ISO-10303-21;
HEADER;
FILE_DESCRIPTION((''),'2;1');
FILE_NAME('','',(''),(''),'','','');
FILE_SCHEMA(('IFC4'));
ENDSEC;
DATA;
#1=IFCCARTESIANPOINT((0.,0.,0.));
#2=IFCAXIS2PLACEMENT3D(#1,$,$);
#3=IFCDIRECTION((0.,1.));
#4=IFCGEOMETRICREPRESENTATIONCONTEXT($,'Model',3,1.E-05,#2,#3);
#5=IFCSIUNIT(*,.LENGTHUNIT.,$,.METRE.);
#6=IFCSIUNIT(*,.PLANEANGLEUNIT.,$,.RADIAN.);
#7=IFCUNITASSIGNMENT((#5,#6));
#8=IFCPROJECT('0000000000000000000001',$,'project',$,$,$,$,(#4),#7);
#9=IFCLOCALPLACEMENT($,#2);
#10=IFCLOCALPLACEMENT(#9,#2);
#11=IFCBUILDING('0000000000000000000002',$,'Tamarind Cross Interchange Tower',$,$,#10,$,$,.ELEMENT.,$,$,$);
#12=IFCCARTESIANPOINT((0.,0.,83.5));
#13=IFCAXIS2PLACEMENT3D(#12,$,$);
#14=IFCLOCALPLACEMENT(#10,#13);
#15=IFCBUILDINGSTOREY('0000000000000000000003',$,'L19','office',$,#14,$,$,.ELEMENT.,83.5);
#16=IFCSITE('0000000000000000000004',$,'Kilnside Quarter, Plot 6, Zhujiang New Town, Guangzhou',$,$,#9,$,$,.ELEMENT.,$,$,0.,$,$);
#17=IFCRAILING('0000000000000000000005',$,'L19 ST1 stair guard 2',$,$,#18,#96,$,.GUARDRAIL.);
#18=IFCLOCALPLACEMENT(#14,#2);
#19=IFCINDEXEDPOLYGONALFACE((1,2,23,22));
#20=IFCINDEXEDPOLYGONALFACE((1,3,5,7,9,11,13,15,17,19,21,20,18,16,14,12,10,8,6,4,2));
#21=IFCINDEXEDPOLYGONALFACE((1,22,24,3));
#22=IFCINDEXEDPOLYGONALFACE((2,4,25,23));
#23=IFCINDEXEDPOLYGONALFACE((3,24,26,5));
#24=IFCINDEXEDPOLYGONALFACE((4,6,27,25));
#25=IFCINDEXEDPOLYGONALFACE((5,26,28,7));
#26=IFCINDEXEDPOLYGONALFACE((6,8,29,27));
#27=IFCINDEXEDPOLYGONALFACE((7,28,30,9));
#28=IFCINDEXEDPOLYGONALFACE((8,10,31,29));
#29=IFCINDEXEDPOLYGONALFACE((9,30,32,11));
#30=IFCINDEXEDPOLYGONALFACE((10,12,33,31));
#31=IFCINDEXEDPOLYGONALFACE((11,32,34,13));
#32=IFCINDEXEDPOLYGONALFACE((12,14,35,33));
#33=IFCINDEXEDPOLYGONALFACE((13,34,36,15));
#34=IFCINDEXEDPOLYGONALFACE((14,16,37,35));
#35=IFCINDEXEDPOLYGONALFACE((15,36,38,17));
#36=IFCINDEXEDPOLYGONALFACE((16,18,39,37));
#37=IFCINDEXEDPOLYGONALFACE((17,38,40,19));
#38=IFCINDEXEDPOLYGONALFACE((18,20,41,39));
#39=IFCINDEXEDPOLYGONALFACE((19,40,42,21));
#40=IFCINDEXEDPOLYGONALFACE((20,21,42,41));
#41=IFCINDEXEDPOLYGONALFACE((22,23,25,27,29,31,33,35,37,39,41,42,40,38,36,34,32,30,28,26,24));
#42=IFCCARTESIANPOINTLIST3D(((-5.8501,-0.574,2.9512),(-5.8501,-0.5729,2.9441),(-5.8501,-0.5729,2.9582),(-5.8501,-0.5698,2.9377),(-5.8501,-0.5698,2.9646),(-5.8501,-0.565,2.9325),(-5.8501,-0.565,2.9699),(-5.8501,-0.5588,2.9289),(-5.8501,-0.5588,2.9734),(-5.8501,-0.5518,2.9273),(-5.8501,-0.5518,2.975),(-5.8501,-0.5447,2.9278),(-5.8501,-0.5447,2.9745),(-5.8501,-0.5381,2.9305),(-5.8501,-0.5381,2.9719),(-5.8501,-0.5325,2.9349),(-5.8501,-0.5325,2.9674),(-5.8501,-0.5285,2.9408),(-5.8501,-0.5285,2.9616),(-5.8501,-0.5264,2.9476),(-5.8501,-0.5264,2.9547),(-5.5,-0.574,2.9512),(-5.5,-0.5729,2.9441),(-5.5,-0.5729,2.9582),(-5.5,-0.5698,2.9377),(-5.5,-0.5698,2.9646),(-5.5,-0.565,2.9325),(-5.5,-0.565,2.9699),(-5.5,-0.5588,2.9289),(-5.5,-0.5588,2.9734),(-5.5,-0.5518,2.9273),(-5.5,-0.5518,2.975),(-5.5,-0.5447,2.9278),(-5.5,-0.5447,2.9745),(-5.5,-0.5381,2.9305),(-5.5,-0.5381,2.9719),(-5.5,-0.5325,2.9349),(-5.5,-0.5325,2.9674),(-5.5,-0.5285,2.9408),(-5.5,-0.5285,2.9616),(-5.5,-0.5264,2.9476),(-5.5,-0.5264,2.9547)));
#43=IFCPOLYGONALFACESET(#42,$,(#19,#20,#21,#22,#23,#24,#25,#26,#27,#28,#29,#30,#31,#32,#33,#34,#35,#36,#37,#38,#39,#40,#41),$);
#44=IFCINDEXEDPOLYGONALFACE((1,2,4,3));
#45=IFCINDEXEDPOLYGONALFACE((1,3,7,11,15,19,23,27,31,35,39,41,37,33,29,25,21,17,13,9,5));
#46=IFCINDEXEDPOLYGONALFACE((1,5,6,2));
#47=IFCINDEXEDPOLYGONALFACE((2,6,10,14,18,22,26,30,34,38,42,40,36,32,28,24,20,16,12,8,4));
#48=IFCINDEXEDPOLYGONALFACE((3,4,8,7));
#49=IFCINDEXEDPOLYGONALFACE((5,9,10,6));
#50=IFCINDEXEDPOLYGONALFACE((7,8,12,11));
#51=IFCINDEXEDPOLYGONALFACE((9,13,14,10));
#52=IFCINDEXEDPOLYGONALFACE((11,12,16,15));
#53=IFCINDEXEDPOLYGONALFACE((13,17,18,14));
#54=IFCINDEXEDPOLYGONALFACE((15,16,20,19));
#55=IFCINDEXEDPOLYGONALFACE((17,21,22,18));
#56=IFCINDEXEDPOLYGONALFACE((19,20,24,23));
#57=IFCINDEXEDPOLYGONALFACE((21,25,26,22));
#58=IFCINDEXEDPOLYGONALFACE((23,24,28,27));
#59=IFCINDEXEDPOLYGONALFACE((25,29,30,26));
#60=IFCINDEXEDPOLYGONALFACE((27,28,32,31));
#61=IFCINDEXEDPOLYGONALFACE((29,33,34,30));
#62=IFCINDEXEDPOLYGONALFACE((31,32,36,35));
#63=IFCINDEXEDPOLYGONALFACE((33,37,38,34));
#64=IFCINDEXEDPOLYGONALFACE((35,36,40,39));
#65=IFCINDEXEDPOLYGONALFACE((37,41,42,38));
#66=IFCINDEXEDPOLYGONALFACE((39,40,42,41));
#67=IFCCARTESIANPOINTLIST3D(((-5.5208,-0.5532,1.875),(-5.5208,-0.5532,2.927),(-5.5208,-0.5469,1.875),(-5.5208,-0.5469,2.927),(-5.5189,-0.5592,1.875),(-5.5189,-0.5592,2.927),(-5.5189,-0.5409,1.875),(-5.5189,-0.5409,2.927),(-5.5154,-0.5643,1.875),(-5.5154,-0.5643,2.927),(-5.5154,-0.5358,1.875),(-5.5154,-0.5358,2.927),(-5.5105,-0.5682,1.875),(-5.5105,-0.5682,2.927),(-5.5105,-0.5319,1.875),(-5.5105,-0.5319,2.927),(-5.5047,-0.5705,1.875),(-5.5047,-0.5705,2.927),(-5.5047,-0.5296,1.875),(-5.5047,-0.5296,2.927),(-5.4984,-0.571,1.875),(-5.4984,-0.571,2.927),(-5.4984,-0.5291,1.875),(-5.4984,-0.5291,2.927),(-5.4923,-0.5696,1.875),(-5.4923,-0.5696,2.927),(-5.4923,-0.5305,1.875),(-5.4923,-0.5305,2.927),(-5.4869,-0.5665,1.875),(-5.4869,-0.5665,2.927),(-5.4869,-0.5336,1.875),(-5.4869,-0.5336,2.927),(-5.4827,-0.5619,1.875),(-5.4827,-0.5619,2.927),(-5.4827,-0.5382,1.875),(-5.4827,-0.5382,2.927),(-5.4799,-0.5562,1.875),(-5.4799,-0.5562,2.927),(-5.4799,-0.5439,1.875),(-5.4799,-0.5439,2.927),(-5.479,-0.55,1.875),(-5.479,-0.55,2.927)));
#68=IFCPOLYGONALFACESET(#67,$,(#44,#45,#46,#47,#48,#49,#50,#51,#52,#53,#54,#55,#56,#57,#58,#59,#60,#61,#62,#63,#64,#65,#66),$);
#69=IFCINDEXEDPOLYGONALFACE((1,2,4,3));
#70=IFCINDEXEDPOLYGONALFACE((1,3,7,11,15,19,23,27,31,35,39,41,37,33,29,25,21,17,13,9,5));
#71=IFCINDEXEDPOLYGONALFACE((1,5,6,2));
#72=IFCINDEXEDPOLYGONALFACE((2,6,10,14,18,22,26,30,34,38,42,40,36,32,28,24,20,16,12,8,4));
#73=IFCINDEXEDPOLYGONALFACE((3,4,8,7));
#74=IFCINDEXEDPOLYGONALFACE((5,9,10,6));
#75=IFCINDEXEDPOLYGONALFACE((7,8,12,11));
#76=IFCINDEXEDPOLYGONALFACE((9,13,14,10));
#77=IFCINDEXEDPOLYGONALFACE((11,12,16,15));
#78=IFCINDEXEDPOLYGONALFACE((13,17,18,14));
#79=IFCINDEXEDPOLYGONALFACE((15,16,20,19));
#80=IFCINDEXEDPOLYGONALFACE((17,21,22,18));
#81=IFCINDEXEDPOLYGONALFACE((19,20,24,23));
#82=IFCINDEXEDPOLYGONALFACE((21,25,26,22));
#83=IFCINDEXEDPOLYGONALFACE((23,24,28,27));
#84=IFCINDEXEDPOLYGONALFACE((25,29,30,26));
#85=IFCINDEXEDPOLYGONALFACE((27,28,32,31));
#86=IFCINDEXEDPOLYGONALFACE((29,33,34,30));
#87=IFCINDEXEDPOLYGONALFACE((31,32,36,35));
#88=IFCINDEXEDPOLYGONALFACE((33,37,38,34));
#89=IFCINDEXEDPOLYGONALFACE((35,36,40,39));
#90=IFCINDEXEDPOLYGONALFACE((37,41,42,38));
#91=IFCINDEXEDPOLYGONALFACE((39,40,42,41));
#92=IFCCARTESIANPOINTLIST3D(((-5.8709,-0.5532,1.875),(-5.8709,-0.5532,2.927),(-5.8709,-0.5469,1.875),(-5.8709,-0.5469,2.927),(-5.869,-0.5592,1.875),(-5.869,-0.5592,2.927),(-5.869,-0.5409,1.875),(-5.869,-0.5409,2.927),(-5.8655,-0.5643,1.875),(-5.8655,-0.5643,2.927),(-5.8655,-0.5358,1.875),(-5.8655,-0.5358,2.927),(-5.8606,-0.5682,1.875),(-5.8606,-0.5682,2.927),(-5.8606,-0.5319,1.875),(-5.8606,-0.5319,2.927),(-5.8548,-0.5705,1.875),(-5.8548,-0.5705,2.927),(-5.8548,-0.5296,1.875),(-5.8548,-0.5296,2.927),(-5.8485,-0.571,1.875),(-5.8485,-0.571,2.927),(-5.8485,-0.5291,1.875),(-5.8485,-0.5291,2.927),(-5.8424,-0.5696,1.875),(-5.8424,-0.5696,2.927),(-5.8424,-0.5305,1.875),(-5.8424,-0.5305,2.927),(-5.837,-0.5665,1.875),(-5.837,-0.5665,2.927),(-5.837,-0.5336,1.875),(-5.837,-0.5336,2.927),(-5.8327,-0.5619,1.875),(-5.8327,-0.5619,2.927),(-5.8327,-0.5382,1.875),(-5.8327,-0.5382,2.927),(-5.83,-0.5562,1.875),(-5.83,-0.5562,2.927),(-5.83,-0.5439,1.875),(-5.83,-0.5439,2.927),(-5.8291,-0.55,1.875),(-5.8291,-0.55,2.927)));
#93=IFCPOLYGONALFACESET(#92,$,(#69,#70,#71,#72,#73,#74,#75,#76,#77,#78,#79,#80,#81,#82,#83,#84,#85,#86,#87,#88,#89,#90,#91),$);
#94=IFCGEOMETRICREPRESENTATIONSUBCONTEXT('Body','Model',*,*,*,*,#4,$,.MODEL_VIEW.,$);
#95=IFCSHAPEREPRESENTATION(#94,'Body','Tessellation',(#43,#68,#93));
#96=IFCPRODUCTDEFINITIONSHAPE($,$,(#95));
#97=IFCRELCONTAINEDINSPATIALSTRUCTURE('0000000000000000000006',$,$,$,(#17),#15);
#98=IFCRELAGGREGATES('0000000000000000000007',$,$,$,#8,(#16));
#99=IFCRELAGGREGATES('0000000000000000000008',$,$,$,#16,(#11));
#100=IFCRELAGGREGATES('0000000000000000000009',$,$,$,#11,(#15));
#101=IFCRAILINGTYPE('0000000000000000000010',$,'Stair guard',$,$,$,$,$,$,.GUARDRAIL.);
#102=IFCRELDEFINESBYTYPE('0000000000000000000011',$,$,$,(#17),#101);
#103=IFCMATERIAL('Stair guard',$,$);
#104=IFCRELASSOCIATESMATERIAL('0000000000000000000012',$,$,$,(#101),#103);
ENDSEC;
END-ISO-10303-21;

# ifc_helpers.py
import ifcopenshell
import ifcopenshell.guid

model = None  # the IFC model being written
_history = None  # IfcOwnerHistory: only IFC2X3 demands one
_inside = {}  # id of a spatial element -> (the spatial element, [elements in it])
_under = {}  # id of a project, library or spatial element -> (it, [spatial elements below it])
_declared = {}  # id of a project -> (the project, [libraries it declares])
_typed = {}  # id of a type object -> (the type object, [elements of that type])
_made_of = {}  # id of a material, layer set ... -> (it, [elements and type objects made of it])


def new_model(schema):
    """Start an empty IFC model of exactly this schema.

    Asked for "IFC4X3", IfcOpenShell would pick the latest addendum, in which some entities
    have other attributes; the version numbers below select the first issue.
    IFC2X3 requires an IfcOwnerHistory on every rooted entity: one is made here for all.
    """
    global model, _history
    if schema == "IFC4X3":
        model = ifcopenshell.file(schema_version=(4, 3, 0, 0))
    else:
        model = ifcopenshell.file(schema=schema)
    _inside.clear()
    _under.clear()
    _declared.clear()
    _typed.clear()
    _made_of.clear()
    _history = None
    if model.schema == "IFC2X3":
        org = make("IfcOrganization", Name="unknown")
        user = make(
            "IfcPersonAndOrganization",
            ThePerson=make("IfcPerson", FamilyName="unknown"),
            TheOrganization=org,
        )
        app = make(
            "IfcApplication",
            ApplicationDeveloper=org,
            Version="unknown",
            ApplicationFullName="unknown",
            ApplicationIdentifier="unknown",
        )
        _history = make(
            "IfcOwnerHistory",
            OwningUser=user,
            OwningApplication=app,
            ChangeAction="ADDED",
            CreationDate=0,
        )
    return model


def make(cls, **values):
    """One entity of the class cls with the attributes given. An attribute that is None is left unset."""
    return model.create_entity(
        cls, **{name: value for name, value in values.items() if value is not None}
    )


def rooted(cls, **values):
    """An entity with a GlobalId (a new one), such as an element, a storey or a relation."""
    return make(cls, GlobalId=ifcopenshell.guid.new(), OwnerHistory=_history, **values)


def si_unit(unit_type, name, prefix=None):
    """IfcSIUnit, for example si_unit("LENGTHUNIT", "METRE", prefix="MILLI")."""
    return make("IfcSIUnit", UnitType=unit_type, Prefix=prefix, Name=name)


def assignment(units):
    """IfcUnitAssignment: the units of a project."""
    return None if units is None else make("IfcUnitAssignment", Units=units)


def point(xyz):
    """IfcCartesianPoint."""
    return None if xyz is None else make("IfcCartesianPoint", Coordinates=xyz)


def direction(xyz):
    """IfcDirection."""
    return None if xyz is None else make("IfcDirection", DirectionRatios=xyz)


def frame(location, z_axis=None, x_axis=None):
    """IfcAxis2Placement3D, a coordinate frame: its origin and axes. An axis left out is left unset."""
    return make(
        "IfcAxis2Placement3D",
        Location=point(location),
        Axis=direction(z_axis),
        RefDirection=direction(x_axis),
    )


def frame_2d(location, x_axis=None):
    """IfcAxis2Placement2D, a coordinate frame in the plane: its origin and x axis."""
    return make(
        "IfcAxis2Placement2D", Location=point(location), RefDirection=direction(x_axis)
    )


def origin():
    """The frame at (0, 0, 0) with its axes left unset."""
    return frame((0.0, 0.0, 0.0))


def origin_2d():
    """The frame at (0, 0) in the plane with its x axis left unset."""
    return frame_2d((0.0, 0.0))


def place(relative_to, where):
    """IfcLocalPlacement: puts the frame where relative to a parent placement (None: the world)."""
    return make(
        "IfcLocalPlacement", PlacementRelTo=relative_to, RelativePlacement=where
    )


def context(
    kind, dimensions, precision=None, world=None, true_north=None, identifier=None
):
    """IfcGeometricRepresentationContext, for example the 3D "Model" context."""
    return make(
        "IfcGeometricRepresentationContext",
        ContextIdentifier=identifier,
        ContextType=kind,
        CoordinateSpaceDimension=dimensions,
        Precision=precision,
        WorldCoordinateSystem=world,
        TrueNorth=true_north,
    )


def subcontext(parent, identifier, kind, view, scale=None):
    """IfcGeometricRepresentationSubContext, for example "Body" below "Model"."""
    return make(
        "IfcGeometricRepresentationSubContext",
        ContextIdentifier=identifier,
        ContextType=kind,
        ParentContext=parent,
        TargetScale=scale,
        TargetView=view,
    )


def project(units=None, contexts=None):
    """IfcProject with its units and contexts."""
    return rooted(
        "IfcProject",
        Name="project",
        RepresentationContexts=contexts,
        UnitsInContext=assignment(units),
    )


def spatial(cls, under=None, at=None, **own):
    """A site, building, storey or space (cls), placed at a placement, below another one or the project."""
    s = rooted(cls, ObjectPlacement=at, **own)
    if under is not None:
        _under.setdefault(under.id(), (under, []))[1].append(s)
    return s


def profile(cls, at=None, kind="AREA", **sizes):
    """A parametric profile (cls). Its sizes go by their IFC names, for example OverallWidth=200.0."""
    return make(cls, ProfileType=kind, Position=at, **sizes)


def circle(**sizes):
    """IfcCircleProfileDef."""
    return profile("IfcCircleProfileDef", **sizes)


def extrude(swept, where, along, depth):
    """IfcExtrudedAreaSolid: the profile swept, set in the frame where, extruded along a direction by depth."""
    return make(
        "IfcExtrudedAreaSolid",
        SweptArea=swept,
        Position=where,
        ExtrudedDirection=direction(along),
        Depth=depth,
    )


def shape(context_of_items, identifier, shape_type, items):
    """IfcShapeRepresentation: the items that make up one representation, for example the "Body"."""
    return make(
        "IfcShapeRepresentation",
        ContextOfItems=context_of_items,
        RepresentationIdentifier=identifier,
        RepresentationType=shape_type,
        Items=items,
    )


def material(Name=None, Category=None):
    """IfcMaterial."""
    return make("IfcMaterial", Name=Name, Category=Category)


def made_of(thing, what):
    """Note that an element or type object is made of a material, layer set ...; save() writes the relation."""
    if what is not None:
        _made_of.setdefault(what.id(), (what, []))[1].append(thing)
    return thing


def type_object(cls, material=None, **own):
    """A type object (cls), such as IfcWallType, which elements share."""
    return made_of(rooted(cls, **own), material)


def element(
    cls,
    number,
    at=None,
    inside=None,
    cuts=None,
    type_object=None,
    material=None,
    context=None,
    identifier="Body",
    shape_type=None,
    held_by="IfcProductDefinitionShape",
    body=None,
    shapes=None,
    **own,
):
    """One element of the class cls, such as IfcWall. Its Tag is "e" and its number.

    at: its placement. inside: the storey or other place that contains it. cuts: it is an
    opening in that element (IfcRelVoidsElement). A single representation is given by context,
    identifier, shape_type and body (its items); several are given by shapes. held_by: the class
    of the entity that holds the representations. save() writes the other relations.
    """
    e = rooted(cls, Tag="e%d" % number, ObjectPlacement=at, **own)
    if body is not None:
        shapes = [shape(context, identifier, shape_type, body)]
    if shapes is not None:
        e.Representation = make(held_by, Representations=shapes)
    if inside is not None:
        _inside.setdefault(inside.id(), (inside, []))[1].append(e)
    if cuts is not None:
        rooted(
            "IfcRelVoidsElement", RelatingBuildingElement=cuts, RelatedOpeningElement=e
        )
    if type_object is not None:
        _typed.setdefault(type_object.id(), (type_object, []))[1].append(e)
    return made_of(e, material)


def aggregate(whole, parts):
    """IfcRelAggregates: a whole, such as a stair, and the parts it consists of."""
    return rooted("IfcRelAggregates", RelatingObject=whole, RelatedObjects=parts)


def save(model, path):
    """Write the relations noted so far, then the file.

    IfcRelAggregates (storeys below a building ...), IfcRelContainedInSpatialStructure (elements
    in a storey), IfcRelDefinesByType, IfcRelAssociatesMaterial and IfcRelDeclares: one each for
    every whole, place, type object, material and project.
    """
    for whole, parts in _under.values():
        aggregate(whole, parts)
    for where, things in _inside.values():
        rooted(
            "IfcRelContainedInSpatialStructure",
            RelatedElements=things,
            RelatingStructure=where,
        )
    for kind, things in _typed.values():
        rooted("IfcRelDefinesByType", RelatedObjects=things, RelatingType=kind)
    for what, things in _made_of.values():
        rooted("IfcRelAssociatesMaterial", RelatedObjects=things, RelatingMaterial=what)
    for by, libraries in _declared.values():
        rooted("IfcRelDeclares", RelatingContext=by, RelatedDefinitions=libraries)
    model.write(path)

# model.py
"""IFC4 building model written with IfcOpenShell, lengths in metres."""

from ifc_helpers import new_model, si_unit, direction, frame, origin, origin_2d, place, context, subcontext, project, spatial, circle, extrude, material, type_object, element, save


model = new_model("IFC4")

# Units and contexts
model_context = context("Model", 3, precision=1e-05, world=origin(), true_north=direction((0.0, 1.0)))
body_context = subcontext(model_context, "Body", "Model", "MODEL_VIEW")
ifc_project = project(units=[si_unit("LENGTHUNIT", "METRE"), si_unit("PLANEANGLEUNIT", "RADIAN")], contexts=[model_context])

# Site, building, storey
site_placement = place(None, origin())
site = spatial("IfcSite", under=ifc_project, at=site_placement, Name="Kilnside Quarter, Plot 6, Zhujiang New Town, Guangzhou", CompositionType="ELEMENT", RefElevation=0.0)
building_placement = place(site_placement, origin())
building = spatial("IfcBuilding", under=site, at=building_placement, Name="Tamarind Cross Interchange Tower", CompositionType="ELEMENT")
storey_placement = place(building_placement, frame((0.0, 0.0, 83.5)))
storey = spatial("IfcBuildingStorey", under=building, at=storey_placement, Name="L19", Description="office", CompositionType="ELEMENT", Elevation=83.5)

# Railing
ifc_material_1 = material(Name="Stair guard")
railing_type_1 = type_object("IfcRailingType", Name="Stair guard", PredefinedType="GUARDRAIL", material=ifc_material_1)
railing_1_placement = place(storey_placement, frame((-5.5, -0.55, 1.875)))
element("IfcRailing", 1, at=railing_1_placement, inside=storey, type_object=railing_type_1, Name="L19 ST1 stair guard 2", PredefinedType="GUARDRAIL", context=body_context, shape_type="SweptSolid", body=[
    extrude(circle(Radius=0.0239, at=origin_2d()), frame((0.0, 0.0, 1.0762), z_axis=(-1.0, 0.0, 0.0), x_axis=(0.0, -1.0, 0.0)), (0.0, 0.0, 1.0), 0.3501),
    extrude(circle(Radius=0.021, at=origin_2d()), origin(), (0.0, 0.0, 1.0), 1.052),
    extrude(circle(Radius=0.021, at=origin_2d()), frame((-0.3501, 0.0, 0.0)), (0.0, 0.0, 1.0), 1.052),
])

save(model, "model.ifc")
